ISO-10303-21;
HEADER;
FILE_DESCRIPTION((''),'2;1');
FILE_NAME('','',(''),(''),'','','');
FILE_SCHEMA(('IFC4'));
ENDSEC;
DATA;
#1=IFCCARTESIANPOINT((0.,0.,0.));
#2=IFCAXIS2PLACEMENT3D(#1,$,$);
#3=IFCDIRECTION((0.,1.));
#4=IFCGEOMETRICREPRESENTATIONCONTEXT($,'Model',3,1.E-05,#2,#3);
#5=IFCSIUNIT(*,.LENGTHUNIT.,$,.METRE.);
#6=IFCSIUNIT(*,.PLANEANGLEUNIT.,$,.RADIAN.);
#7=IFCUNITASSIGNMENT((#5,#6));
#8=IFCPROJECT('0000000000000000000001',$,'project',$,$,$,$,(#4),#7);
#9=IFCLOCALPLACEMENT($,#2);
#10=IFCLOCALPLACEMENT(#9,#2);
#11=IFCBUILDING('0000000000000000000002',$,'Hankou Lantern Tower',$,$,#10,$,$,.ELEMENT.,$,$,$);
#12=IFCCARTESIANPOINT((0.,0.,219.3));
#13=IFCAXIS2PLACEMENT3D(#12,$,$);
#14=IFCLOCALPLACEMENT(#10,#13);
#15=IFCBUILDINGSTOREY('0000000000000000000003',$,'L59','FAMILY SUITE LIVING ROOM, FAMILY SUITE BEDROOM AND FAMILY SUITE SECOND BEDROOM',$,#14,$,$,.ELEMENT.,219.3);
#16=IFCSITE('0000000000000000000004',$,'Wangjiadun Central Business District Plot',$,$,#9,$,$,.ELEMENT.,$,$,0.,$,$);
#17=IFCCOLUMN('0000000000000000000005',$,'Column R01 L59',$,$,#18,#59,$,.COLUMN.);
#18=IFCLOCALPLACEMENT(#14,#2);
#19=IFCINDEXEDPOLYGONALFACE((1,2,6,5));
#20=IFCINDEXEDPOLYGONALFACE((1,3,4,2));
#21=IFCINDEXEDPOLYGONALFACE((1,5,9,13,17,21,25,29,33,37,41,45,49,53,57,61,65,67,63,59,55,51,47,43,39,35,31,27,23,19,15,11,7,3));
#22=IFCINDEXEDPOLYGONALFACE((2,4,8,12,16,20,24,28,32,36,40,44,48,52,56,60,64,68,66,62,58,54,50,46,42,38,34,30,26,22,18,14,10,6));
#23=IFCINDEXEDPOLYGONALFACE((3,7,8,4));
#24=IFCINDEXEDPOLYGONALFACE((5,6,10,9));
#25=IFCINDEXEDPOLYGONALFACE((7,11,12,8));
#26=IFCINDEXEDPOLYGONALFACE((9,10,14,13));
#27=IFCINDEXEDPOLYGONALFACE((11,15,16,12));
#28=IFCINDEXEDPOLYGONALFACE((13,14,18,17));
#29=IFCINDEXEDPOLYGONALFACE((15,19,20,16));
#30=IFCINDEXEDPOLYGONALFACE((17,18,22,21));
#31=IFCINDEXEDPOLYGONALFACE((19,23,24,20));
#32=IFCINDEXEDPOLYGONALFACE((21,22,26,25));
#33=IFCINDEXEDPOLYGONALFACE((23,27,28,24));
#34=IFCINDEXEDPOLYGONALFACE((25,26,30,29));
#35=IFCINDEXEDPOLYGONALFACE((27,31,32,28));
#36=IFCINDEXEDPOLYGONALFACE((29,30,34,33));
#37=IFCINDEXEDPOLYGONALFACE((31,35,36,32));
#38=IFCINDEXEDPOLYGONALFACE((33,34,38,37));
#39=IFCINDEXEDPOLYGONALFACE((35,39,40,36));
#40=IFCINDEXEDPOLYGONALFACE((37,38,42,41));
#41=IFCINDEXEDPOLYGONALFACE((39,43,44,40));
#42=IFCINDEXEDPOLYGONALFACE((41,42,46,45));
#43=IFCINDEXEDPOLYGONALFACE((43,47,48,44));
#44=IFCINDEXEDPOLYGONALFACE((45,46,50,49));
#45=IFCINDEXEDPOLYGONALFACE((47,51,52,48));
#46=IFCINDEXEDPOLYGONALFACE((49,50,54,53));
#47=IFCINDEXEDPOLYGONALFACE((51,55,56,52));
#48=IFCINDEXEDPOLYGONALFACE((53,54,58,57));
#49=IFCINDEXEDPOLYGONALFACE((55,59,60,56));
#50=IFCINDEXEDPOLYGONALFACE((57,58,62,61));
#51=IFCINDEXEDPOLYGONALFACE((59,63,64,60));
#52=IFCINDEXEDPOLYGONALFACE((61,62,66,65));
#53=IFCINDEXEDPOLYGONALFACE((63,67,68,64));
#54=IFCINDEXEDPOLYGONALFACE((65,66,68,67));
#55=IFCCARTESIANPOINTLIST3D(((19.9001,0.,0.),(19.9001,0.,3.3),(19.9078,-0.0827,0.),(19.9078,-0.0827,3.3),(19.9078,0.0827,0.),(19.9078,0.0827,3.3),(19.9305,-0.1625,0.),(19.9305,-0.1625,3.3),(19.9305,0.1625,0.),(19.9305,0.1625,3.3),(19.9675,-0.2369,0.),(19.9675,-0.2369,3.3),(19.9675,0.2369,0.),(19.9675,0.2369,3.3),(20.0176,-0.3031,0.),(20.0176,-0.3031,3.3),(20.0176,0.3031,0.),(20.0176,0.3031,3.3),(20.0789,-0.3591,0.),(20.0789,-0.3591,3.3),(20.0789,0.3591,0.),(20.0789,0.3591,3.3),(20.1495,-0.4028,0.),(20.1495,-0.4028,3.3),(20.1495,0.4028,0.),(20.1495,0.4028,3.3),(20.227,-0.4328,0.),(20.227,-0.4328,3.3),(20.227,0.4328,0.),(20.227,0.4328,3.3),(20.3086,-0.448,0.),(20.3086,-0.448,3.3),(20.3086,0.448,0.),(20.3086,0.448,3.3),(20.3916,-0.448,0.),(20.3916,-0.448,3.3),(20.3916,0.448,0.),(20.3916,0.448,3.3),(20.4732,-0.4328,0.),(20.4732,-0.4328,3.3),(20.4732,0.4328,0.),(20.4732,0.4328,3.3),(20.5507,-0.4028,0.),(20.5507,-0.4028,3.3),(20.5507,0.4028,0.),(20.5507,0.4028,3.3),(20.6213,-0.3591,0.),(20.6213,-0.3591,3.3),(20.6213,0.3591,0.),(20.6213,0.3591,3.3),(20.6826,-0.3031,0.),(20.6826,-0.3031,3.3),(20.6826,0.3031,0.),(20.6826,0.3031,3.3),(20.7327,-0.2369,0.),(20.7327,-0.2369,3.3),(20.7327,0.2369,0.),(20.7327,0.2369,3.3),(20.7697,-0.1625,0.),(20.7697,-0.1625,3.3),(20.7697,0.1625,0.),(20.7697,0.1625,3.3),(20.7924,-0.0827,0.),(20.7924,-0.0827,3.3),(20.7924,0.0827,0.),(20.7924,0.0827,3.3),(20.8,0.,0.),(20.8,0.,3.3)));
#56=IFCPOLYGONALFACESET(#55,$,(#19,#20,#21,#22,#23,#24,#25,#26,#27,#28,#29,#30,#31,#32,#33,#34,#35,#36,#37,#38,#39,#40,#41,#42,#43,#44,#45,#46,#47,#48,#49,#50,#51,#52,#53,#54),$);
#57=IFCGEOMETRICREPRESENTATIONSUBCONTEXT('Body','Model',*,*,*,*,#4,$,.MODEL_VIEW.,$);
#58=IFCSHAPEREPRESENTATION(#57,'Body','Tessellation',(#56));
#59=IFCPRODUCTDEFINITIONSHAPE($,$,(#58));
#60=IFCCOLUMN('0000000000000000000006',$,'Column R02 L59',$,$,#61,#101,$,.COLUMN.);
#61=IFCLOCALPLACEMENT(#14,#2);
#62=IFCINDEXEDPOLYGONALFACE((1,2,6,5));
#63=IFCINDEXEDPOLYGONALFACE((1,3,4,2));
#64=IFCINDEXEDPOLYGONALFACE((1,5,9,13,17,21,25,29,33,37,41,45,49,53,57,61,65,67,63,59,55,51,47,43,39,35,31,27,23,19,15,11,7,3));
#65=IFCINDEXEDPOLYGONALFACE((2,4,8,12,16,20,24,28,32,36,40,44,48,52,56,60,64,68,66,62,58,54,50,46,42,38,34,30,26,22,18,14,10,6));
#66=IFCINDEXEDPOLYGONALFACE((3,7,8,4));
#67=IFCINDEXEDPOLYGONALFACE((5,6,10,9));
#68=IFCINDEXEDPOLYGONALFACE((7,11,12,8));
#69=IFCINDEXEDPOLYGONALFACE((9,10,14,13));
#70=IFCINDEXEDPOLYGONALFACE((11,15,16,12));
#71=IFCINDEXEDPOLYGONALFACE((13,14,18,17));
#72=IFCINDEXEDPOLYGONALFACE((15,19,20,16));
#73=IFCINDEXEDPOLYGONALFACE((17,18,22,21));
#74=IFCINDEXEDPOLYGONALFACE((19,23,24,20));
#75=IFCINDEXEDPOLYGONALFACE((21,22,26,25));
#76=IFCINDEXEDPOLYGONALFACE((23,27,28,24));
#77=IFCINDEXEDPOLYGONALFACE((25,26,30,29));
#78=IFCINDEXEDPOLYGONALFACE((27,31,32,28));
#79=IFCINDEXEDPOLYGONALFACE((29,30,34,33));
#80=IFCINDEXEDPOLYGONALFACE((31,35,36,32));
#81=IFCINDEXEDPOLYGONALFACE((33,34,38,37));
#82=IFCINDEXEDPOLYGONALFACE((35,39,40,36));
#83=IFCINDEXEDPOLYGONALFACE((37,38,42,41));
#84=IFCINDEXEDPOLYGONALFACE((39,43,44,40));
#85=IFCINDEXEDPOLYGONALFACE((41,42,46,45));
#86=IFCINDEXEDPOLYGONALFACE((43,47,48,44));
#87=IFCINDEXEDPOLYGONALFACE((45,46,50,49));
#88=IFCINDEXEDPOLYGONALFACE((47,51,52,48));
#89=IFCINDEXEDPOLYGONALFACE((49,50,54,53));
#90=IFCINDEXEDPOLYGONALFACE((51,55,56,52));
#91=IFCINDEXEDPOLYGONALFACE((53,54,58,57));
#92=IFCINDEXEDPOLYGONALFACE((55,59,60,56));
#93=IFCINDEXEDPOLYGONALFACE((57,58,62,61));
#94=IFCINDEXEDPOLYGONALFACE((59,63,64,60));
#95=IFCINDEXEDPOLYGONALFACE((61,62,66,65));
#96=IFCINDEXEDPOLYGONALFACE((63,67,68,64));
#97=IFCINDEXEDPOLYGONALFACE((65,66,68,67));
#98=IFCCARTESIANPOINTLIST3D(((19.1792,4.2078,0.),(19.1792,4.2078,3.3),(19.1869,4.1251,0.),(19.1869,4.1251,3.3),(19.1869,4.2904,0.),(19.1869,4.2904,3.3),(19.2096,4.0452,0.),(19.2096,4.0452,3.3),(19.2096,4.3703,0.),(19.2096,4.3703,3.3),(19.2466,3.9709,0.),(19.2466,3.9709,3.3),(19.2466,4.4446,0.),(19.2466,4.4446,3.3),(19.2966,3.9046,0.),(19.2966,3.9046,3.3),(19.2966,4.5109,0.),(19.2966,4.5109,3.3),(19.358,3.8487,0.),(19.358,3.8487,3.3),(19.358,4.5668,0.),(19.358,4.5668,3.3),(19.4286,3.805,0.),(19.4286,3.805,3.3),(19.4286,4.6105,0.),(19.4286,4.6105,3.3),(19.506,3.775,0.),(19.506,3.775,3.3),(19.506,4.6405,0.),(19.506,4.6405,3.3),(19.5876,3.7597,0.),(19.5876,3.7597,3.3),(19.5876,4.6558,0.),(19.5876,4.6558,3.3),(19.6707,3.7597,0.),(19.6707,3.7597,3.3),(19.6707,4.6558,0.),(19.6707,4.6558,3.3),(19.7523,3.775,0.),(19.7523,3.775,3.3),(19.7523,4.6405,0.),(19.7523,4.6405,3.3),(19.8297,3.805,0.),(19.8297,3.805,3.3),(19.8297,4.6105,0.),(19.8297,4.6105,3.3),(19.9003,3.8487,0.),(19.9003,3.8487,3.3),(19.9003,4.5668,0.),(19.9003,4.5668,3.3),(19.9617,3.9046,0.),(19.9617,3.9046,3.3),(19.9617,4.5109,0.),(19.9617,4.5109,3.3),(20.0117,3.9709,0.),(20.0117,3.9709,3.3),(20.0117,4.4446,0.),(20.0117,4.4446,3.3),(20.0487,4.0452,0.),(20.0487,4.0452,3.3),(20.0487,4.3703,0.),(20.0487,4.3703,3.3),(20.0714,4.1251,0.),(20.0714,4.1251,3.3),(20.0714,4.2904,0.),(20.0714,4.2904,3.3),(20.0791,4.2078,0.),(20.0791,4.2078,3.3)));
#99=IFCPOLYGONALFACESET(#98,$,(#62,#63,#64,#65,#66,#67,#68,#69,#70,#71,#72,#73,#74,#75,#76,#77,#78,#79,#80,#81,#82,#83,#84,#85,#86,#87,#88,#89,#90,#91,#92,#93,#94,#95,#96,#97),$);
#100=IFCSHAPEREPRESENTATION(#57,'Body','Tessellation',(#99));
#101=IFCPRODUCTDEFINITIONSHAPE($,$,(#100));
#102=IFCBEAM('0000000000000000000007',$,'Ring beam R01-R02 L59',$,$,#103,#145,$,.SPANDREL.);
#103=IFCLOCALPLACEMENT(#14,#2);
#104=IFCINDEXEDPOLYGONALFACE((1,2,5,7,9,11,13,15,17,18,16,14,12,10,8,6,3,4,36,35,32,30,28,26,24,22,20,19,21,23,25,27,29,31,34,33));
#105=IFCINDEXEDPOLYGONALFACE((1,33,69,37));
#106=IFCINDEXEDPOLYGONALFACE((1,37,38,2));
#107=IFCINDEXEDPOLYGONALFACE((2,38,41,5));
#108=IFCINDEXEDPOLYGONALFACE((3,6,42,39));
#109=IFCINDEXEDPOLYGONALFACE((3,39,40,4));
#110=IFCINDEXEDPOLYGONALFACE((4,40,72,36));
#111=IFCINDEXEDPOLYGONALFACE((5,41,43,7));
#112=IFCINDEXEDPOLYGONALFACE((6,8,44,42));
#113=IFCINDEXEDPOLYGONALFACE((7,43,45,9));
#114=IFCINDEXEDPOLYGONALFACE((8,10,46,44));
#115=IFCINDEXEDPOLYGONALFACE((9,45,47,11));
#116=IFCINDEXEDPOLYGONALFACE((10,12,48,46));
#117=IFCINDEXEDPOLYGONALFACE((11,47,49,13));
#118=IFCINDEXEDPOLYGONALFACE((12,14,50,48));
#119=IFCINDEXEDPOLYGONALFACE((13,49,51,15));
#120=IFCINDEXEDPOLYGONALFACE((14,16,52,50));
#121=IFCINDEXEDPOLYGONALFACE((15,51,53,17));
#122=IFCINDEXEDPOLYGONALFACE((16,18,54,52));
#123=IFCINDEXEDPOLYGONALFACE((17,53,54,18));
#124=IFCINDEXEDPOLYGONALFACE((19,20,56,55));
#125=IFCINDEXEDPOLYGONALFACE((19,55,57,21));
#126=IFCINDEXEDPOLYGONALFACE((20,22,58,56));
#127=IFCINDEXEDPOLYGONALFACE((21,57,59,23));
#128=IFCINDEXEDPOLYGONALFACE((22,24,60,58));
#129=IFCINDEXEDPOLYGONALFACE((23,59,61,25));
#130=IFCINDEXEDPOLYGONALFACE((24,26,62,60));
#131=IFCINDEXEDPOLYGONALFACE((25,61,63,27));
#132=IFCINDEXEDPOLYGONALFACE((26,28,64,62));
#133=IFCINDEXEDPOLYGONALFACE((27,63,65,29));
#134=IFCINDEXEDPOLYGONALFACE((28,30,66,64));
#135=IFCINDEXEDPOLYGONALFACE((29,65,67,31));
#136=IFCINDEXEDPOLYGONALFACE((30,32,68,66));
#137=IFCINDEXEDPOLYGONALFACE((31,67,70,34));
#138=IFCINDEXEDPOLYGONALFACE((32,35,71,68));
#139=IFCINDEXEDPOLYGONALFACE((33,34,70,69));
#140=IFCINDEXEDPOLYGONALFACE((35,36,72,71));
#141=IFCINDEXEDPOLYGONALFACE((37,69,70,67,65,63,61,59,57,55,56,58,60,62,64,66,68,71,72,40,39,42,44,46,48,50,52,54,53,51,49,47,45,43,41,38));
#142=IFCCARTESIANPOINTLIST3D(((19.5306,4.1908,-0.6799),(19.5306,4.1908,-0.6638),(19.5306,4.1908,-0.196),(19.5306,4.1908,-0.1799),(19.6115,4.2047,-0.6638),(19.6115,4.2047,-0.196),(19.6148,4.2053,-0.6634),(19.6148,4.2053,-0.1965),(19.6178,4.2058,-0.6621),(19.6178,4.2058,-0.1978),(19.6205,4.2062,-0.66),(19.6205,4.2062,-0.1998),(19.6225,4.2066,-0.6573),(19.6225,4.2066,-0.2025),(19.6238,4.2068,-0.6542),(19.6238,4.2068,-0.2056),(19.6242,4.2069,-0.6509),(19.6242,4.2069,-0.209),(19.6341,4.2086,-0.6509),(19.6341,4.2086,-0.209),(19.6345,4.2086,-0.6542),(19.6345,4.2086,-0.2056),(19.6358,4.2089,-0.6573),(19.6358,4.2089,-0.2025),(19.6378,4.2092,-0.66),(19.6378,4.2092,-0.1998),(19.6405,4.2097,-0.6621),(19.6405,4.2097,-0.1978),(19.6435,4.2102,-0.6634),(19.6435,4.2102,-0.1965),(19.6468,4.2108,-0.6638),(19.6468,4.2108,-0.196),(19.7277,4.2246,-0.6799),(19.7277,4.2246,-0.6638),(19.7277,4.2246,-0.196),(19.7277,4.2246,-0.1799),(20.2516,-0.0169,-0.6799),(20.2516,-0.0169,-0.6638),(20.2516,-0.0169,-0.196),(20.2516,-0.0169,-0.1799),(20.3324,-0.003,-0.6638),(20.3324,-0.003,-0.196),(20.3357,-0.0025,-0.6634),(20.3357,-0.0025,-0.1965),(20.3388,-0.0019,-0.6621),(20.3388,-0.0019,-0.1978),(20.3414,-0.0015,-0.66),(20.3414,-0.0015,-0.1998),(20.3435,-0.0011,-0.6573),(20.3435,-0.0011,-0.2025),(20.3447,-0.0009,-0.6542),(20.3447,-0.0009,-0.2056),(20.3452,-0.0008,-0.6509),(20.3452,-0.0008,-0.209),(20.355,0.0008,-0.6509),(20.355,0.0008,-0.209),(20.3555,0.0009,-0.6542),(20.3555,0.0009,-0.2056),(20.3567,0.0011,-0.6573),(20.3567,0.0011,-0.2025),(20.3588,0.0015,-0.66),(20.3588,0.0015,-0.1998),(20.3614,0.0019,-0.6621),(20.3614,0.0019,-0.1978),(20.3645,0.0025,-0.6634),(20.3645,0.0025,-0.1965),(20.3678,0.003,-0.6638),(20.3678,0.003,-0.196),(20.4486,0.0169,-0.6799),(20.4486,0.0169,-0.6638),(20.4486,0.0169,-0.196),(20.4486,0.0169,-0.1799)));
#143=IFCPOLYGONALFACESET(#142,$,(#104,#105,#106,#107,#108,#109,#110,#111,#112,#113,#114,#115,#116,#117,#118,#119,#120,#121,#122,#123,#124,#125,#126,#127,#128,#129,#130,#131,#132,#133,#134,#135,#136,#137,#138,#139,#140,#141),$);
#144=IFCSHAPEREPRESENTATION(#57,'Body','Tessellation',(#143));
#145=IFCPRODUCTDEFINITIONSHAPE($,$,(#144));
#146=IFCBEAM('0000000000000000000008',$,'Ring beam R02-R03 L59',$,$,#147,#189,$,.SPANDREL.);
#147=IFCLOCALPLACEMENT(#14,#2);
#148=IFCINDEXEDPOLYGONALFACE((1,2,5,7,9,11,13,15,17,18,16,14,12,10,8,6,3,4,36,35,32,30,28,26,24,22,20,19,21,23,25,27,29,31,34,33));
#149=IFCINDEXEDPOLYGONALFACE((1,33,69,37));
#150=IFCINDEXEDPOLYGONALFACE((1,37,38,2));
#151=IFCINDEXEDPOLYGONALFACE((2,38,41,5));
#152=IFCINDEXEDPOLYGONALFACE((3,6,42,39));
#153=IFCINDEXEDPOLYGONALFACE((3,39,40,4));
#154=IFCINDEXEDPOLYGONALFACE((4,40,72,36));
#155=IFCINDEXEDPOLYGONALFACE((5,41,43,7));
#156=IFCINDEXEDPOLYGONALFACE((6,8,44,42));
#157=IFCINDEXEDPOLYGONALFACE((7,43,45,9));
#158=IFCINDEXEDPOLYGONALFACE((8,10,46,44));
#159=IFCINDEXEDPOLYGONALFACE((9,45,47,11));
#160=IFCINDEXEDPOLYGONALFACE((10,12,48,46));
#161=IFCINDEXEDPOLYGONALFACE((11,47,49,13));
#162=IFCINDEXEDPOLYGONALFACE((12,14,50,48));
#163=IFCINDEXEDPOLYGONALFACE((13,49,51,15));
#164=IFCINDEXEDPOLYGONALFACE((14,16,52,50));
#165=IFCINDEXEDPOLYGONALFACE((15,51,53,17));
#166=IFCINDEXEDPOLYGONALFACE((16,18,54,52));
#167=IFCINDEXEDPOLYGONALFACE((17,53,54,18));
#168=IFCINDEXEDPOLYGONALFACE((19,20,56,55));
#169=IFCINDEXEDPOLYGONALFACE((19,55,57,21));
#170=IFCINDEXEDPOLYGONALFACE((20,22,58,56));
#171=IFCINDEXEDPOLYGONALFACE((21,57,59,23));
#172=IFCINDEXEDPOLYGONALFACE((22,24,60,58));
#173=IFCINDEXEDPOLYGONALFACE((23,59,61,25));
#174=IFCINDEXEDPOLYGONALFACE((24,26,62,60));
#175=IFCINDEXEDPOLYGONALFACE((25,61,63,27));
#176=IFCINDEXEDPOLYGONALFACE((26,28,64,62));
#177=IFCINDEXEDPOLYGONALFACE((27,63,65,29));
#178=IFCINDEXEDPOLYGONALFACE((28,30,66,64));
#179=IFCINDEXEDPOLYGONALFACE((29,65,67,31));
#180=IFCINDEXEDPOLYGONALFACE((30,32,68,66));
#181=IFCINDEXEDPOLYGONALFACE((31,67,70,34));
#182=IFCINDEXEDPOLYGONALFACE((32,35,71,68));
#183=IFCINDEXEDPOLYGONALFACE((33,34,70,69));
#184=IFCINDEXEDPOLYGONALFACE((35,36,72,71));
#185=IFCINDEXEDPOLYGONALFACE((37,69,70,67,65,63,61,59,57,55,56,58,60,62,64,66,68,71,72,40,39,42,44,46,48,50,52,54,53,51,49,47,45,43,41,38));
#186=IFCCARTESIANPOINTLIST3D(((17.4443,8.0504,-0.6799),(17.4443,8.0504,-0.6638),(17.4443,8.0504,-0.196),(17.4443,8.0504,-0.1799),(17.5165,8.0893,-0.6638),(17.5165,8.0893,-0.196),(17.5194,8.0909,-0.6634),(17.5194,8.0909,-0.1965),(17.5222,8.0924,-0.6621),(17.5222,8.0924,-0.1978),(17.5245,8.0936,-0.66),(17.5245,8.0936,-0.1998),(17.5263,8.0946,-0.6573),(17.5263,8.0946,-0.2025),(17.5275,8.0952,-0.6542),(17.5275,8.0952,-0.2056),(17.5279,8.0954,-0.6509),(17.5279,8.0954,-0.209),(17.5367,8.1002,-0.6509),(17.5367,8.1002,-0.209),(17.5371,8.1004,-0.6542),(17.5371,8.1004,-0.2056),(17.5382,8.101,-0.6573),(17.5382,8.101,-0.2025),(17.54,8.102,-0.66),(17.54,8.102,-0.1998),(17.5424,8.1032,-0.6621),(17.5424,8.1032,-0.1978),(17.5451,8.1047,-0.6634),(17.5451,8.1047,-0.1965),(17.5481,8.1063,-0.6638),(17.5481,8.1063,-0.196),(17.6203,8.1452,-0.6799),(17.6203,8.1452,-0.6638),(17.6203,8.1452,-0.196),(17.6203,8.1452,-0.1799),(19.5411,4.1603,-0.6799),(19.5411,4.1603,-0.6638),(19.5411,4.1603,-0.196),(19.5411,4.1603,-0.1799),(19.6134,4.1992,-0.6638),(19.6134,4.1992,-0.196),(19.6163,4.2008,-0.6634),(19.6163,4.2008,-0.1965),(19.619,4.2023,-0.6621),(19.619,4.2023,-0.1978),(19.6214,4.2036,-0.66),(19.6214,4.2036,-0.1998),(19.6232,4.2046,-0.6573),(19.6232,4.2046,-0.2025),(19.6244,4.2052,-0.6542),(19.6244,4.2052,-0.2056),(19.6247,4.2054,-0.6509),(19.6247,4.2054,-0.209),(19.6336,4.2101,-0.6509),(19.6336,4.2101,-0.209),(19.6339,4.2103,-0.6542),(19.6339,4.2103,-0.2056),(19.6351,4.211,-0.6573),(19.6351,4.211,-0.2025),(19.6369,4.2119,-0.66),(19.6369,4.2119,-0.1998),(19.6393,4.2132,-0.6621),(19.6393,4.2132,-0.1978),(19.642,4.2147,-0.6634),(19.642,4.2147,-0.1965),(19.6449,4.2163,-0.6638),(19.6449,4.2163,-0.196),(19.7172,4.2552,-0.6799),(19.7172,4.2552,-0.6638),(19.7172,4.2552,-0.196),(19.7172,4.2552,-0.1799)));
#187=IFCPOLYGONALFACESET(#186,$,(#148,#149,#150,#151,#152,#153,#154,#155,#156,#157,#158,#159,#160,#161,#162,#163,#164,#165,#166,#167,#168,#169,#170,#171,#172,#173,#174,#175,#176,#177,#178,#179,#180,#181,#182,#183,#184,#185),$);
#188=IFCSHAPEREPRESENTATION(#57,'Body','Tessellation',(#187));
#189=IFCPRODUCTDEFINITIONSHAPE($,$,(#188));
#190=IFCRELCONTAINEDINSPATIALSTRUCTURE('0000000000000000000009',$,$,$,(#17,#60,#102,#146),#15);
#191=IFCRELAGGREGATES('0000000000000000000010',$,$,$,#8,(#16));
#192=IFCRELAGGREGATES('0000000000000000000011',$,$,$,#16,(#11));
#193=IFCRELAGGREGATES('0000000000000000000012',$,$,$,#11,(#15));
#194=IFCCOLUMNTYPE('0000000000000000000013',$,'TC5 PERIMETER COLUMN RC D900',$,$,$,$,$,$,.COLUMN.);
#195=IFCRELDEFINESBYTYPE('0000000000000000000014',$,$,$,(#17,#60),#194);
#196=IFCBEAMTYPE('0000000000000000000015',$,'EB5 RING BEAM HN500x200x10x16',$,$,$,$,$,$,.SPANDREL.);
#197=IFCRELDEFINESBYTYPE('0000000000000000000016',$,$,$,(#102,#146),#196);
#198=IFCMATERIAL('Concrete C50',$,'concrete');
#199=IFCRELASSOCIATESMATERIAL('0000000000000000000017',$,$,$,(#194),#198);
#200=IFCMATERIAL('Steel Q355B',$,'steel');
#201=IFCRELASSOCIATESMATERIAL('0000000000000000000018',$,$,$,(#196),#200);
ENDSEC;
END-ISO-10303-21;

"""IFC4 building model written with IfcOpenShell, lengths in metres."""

from ifc_helpers import new_model, si_unit, direction, frame, origin, origin_2d, place, context, subcontext, project, spatial, circle, i_section, extrude, material, material_profile, profile_set, type_object, element, save


model = new_model("IFC4")

# Units and contexts
model_context = context("Model", 3, precision=1e-05, world=origin(), true_north=direction((0.0, 1.0)))
body_context = subcontext(model_context, "Body", "Model", "MODEL_VIEW")
ifc_project = project(units=[si_unit("LENGTHUNIT", "METRE"), si_unit("PLANEANGLEUNIT", "RADIAN")], contexts=[model_context])

# Site, building, storey
site_placement = place(None, origin())
site = spatial("IfcSite", under=ifc_project, at=site_placement, Name="Wangjiadun Central Business District Plot", CompositionType="ELEMENT", RefElevation=0.0)
building_placement = place(site_placement, origin())
building = spatial("IfcBuilding", under=site, at=building_placement, Name="Hankou Lantern Tower", CompositionType="ELEMENT")
storey_placement = place(building_placement, frame((0.0, 0.0, 219.3)))
storey = spatial("IfcBuildingStorey", under=building, at=storey_placement, Name="L59", Description="FAMILY SUITE LIVING ROOM, FAMILY SUITE BEDROOM AND FAMILY SUITE SECOND BEDROOM", CompositionType="ELEMENT", Elevation=219.3)

# Columns
ifc_material_1 = material(Name="Concrete C50", Category="concrete")
ifc_material_profile_1 = material_profile(ifc_material_1, circle(Radius=0.45, at=origin_2d()), Name="RC D900")
ifc_profile_set_1 = profile_set([ifc_material_profile_1], Name="Concrete C50")
column_type = type_object("IfcColumnType", Name="TC5 PERIMETER COLUMN RC D900", PredefinedType="COLUMN", material=ifc_profile_set_1)
for number, where, z_axis, x_axis, name in (
    (1, (20.3501, 0.0, 0.0), (0.0, 0.0, 1.0), (1.0, 0.0, 0.0), "Column R01 L59"),
    (2, (19.6292, 4.2078, 0.0), (0.0, 0.0, 1.0), (1.0, 0.0, 0.0), "Column R02 L59"),
):
    element("IfcColumn", number, at=place(storey_placement, frame(where, z_axis=z_axis, x_axis=x_axis)), inside=storey, type_object=column_type, Name=name, PredefinedType="COLUMN", context=body_context, shape_type="SweptSolid", body=[
        extrude(circle(Radius=0.45, at=origin_2d()), origin(), (0.0, 0.0, 1.0), 3.3),
    ])

# Beams
ifc_material_2 = material(Name="Steel Q355B", Category="steel")
ifc_material_profile_2 = material_profile(ifc_material_2, i_section(OverallWidth=0.2, OverallDepth=0.5, WebThickness=0.01, FlangeThickness=0.0161, FilletRadius=0.0129, at=origin_2d()), Name="HN500x200x10x16")
ifc_profile_set_2 = profile_set([ifc_material_profile_2], Name="Steel Q355B")
beam_type_1 = type_object("IfcBeamType", Name="EB5 RING BEAM HN500x200x10x16", PredefinedType="SPANDREL", material=ifc_profile_set_2)
beam_1_placement = place(storey_placement, frame((20.3501, 0.0, -0.4299), z_axis=(-0.168877, 0.985637, 0.0), x_axis=(-0.985637, -0.168877, 0.0)))
element("IfcBeam", 3, at=beam_1_placement, inside=storey, type_object=beam_type_1, Name="Ring beam R01-R02 L59", PredefinedType="SPANDREL", context=body_context, shape_type="SweptSolid", body=[
    extrude(i_section(OverallWidth=0.2, OverallDepth=0.5, WebThickness=0.01, FlangeThickness=0.0161, FilletRadius=0.0129, at=origin_2d()), origin(), (0.0, 0.0, 1.0), 4.269),
])
beam_2_placement = place(storey_placement, frame((19.6292, 4.2078, -0.4299), z_axis=(-0.474492, 0.88026, 0.0), x_axis=(-0.88026, -0.474492, 0.0)))
element("IfcBeam", 4, at=beam_2_placement, inside=storey, type_object=beam_type_1, Name="Ring beam R02-R03 L59", PredefinedType="SPANDREL", context=body_context, shape_type="SweptSolid", body=[
    extrude(i_section(OverallWidth=0.2, OverallDepth=0.5, WebThickness=0.01, FlangeThickness=0.0161, FilletRadius=0.0129, at=origin_2d()), origin(), (0.0, 0.0, 1.0), 4.4192),
])

save(model, "model.ifc")
